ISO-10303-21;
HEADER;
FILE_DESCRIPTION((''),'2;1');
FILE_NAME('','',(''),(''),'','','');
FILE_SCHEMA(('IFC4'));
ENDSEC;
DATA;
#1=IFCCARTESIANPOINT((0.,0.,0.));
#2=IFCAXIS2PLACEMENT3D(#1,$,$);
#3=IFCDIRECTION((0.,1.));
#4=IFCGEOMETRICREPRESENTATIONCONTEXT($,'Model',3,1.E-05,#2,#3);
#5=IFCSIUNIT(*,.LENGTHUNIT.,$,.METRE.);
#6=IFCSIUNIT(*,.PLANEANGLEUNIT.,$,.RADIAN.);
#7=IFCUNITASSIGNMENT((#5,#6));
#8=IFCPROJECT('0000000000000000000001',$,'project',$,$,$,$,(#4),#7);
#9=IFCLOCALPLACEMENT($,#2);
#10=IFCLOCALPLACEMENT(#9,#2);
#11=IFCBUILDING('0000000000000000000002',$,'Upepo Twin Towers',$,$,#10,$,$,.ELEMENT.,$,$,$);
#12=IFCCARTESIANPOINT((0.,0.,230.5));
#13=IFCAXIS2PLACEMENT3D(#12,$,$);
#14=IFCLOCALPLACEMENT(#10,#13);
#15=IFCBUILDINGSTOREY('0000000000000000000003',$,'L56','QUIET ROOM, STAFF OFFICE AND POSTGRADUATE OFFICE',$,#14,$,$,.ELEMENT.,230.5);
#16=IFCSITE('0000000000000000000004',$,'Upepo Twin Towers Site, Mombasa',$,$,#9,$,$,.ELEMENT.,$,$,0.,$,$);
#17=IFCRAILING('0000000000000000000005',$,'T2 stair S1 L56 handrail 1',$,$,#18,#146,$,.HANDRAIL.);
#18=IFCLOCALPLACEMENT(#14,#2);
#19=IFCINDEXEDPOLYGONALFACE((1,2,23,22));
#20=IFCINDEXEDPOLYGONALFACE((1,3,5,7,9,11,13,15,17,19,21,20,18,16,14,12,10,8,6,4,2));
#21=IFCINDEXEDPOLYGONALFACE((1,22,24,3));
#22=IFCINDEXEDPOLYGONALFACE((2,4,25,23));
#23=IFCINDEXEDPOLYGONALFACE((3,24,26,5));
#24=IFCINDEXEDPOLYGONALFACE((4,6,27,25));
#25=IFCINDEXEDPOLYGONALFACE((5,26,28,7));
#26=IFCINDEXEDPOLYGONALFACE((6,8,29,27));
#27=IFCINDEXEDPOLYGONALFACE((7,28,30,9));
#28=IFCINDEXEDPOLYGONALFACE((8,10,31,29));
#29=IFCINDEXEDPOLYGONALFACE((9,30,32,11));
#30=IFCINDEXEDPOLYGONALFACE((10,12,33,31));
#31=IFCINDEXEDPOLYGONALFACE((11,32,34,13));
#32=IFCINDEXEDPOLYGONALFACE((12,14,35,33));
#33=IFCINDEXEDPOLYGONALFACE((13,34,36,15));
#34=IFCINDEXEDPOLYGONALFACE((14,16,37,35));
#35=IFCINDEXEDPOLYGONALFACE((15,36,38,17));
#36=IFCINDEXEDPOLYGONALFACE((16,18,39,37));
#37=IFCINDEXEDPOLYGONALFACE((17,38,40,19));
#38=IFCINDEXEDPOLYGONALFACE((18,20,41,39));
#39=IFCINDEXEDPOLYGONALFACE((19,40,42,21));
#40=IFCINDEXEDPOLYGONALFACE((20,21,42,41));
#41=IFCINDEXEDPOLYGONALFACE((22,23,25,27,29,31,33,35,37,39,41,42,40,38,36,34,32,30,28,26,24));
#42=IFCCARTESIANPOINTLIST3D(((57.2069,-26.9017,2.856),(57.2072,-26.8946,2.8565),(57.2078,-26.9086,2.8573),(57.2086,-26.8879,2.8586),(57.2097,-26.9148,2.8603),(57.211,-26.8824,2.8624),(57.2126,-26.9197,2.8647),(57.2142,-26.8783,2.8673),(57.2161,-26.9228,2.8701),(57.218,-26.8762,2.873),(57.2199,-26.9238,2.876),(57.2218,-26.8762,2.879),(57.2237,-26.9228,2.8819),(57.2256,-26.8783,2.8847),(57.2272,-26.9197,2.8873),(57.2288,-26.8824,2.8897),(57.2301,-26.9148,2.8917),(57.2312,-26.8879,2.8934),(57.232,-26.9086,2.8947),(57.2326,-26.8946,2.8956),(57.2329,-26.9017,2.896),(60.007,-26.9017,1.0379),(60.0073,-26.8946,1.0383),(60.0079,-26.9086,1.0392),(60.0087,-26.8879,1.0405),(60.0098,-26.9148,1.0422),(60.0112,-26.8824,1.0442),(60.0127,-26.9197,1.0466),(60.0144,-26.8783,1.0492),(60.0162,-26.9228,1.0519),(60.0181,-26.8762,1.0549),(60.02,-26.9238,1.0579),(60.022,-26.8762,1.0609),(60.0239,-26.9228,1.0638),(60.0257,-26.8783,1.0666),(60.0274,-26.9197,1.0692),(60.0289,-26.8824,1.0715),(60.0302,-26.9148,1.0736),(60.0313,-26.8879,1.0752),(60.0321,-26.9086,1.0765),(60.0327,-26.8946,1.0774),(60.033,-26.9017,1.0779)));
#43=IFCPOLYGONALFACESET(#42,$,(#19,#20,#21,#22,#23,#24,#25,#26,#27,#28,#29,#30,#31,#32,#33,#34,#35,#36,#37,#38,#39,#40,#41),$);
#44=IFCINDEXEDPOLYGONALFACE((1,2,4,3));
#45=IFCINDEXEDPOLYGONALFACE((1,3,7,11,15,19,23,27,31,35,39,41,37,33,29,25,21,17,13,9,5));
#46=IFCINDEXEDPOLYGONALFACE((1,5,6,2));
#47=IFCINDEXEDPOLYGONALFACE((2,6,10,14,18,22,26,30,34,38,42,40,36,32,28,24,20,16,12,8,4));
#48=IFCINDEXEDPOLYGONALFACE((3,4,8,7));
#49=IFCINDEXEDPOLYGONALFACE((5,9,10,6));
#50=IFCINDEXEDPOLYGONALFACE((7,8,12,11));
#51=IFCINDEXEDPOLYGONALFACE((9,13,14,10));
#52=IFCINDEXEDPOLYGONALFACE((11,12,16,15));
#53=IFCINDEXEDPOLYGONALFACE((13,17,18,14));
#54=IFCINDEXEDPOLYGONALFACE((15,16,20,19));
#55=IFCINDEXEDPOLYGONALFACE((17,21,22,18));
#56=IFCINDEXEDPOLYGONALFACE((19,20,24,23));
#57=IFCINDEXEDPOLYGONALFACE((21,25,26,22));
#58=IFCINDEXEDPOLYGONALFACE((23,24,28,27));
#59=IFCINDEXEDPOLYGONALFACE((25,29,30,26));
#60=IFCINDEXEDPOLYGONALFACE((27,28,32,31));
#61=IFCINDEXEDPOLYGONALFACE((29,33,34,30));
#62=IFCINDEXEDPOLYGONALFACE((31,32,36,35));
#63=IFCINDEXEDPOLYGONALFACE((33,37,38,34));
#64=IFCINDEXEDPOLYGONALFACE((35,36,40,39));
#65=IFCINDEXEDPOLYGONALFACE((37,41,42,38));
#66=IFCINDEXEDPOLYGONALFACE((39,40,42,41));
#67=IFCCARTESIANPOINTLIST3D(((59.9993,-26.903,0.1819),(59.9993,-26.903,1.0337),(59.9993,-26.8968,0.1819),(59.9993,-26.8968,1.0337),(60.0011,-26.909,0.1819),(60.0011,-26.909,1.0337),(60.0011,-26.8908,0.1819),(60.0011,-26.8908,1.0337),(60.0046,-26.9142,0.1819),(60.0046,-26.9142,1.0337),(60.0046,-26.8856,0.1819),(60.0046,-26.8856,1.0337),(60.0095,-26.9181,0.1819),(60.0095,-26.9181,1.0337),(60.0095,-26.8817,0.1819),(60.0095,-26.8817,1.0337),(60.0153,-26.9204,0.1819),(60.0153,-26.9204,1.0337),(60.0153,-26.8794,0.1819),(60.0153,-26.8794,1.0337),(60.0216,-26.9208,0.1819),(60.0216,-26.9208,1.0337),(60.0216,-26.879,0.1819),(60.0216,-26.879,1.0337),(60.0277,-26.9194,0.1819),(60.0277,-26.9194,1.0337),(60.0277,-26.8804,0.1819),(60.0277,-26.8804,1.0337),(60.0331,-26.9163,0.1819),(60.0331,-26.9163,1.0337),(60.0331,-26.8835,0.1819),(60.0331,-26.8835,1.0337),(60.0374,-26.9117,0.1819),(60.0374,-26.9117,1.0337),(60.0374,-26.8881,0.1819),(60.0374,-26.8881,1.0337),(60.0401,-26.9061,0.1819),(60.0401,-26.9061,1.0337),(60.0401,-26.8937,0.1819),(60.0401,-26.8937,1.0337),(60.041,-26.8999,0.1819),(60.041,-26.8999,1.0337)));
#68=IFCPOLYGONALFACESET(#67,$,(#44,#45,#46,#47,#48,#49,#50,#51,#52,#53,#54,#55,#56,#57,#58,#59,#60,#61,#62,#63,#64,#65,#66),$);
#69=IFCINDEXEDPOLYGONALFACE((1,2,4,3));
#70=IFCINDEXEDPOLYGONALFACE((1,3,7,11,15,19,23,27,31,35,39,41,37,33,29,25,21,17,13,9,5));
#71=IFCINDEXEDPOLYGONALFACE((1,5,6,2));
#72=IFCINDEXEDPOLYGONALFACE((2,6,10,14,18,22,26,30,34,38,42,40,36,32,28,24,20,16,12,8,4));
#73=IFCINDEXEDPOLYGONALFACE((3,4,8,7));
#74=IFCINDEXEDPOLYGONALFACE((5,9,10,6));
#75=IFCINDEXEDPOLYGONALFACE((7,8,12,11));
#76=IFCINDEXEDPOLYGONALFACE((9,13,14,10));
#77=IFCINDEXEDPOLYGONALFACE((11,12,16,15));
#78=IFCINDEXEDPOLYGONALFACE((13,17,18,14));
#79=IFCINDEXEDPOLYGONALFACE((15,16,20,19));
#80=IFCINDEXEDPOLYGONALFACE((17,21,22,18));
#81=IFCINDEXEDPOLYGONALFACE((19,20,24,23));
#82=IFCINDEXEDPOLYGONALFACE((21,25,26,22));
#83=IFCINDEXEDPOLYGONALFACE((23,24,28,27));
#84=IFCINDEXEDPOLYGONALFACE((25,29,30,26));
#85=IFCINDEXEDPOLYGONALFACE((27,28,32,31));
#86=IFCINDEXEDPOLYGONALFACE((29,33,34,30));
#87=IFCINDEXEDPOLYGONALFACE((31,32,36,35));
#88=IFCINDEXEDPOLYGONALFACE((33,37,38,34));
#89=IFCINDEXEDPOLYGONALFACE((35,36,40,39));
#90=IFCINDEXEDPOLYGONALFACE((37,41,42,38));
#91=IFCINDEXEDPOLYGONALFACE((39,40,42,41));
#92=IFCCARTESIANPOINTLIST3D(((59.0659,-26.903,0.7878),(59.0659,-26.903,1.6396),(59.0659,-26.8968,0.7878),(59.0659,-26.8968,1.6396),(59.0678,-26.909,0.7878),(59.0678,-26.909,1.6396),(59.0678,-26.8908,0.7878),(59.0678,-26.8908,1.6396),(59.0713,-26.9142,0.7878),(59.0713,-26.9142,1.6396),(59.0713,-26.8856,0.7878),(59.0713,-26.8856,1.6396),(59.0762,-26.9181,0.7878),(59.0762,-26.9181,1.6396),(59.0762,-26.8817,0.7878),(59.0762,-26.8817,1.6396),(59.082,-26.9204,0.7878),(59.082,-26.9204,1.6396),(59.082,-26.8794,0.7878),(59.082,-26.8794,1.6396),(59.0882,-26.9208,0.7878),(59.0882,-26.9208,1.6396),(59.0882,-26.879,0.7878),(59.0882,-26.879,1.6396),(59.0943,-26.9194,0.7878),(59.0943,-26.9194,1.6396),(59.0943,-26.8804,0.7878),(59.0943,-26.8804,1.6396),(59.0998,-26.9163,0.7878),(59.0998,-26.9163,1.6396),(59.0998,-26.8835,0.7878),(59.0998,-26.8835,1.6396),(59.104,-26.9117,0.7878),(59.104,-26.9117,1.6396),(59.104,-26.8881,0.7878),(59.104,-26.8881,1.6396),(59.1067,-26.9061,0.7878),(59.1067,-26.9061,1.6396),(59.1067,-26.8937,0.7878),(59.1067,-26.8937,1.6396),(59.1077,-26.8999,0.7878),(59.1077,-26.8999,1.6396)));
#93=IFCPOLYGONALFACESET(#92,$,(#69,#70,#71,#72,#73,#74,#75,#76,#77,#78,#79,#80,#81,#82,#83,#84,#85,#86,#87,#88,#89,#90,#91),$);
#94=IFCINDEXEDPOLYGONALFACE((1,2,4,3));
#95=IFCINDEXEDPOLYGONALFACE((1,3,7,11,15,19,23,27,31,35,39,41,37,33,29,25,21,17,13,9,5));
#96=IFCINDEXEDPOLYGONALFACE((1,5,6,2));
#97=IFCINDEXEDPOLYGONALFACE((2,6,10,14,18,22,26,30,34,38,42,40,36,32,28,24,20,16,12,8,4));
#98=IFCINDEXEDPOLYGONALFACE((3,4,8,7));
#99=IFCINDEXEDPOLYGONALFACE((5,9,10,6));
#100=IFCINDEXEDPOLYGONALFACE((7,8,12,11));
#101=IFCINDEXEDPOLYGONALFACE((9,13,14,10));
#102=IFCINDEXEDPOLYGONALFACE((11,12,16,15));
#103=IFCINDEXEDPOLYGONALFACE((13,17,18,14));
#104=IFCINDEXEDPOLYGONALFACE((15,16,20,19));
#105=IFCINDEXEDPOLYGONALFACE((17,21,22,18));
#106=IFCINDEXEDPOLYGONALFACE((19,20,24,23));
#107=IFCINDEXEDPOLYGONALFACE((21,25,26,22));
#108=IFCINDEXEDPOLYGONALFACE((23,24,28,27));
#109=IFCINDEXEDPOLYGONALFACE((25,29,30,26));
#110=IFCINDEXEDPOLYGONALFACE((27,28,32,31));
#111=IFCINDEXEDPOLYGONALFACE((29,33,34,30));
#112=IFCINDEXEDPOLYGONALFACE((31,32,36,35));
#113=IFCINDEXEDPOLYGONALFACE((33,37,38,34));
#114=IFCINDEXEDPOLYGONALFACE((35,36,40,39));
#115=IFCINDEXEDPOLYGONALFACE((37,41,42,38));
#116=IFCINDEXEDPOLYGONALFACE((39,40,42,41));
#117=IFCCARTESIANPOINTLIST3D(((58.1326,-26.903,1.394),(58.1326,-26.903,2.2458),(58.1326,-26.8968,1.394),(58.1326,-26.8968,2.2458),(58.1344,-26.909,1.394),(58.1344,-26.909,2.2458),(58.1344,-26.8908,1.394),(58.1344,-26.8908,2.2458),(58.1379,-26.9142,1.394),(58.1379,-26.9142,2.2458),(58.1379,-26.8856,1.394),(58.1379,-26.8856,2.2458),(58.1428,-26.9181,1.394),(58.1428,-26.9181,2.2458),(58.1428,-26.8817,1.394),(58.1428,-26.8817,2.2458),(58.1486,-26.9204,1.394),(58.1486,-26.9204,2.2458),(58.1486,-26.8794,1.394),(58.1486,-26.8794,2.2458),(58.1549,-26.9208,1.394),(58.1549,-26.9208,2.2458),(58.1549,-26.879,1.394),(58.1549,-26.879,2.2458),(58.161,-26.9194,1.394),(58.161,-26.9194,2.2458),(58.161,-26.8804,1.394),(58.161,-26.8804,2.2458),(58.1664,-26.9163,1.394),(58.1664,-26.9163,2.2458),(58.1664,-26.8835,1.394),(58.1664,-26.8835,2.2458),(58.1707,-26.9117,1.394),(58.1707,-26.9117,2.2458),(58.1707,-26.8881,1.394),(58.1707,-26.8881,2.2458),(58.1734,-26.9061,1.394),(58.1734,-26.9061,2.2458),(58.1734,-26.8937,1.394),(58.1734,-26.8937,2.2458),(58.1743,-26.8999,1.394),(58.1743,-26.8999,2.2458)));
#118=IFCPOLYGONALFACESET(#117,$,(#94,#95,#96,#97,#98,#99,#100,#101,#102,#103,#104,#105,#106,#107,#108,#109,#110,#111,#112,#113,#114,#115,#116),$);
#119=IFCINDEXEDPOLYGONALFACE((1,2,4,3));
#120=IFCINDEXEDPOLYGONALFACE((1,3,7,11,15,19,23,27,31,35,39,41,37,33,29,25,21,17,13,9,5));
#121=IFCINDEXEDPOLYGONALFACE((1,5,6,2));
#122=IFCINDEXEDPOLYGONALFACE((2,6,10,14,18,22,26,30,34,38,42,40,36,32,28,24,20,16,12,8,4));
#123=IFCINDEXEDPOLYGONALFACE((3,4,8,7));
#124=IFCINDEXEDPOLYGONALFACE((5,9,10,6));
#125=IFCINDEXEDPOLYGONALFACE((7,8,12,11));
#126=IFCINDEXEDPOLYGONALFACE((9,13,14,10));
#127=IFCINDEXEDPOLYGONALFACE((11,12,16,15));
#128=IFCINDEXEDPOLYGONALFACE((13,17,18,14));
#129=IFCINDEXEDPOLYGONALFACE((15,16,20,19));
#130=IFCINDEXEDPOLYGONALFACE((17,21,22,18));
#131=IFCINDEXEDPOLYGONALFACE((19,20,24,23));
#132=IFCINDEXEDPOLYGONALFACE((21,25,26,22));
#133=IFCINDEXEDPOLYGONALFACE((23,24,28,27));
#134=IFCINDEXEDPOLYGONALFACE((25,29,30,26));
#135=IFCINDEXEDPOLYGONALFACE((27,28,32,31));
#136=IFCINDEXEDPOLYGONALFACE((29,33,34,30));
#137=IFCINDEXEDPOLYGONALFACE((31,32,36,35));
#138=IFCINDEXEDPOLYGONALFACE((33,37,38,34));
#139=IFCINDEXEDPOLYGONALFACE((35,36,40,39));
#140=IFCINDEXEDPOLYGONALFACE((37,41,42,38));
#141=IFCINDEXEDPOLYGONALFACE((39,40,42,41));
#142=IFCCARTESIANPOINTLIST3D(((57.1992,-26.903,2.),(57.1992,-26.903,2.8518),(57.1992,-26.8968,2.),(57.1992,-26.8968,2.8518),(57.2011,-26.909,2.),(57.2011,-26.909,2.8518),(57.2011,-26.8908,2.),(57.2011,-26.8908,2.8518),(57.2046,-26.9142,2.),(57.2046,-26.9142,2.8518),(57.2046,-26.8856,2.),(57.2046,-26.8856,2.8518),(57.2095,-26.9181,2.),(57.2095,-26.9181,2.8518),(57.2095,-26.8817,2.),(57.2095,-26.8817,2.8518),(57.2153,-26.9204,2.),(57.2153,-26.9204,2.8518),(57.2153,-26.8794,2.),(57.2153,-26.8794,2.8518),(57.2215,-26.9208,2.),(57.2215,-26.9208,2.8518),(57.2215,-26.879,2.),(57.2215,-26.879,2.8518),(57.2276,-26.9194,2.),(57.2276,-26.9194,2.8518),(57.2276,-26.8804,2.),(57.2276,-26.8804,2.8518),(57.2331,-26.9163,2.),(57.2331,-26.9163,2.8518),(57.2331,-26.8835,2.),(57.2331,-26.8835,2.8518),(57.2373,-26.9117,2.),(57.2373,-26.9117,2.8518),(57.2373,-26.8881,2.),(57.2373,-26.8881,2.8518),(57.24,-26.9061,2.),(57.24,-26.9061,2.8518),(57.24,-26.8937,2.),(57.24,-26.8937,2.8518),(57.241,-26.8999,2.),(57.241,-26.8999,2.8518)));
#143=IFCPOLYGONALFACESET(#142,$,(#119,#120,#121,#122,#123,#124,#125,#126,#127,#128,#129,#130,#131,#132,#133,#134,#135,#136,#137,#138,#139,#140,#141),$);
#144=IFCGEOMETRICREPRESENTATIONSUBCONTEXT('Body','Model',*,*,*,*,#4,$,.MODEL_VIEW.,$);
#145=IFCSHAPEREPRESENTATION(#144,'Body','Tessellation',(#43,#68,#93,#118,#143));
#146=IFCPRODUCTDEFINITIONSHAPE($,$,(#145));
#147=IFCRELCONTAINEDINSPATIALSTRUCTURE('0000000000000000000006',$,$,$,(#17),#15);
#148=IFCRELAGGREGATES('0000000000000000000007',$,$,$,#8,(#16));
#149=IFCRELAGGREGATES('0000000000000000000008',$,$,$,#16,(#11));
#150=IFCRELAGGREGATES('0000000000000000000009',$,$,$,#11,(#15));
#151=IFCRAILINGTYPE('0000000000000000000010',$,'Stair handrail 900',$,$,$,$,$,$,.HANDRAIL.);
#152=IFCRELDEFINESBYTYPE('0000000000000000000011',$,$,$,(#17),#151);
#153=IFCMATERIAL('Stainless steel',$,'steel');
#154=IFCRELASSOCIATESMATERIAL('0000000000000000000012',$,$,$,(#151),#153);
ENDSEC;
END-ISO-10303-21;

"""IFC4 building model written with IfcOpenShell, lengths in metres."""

from ifc_helpers import new_model, si_unit, direction, frame, origin, origin_2d, place, context, subcontext, project, spatial, circle, extrude, material, type_object, element, save


model = new_model("IFC4")

# Units and contexts
model_context = context("Model", 3, precision=1e-05, world=origin(), true_north=direction((0.0, 1.0)))
body_context = subcontext(model_context, "Body", "Model", "MODEL_VIEW")
ifc_project = project(units=[si_unit("LENGTHUNIT", "METRE"), si_unit("PLANEANGLEUNIT", "RADIAN")], contexts=[model_context])

# Site, building, storey
site_placement = place(None, origin())
site = spatial("IfcSite", under=ifc_project, at=site_placement, Name="Upepo Twin Towers Site, Mombasa", CompositionType="ELEMENT", RefElevation=0.0)
building_placement = place(site_placement, origin())
building = spatial("IfcBuilding", under=site, at=building_placement, Name="Upepo Twin Towers", CompositionType="ELEMENT")
storey_placement = place(building_placement, frame((0.0, 0.0, 230.5)))
storey = spatial("IfcBuildingStorey", under=building, at=storey_placement, Name="L56", Description="QUIET ROOM, STAFF OFFICE AND POSTGRADUATE OFFICE", CompositionType="ELEMENT", Elevation=230.5)

# Railing
ifc_material_1 = material(Name="Stainless steel", Category="steel")
railing_type = type_object("IfcRailingType", Name="Stair handrail 900", PredefinedType="HANDRAIL", material=ifc_material_1)
railing_1_placement = place(storey_placement, frame((60.02, -26.8999, 0.1819)))
element("IfcRailing", 1, at=railing_1_placement, inside=storey, type_object=railing_type, Name="T2 stair S1 L56 handrail 1", PredefinedType="HANDRAIL", context=body_context, shape_type="SweptSolid", body=[
    extrude(circle(Radius=0.0239, at=origin_2d()), frame((0.0, 0.0, 0.876), z_axis=(-0.838706, 0.0, 0.544585), x_axis=(0.0, -1.0, 0.0)), (0.0, 0.0, 1.0), 3.3386),
    extrude(circle(Radius=0.021, at=origin_2d()), origin(), (0.0, 0.0, 1.0), 0.8518),
    extrude(circle(Radius=0.021, at=origin_2d()), frame((-0.9333, 0.0, 0.606)), (0.0, 0.0, 1.0), 0.8518),
    extrude(circle(Radius=0.021, at=origin_2d()), frame((-1.8667, 0.0, 1.2122)), (0.0, 0.0, 1.0), 0.8518),
    extrude(circle(Radius=0.021, at=origin_2d()), frame((-2.8, 0.0, 1.8181)), (0.0, 0.0, 1.0), 0.8518),
])

save(model, "model.ifc")
